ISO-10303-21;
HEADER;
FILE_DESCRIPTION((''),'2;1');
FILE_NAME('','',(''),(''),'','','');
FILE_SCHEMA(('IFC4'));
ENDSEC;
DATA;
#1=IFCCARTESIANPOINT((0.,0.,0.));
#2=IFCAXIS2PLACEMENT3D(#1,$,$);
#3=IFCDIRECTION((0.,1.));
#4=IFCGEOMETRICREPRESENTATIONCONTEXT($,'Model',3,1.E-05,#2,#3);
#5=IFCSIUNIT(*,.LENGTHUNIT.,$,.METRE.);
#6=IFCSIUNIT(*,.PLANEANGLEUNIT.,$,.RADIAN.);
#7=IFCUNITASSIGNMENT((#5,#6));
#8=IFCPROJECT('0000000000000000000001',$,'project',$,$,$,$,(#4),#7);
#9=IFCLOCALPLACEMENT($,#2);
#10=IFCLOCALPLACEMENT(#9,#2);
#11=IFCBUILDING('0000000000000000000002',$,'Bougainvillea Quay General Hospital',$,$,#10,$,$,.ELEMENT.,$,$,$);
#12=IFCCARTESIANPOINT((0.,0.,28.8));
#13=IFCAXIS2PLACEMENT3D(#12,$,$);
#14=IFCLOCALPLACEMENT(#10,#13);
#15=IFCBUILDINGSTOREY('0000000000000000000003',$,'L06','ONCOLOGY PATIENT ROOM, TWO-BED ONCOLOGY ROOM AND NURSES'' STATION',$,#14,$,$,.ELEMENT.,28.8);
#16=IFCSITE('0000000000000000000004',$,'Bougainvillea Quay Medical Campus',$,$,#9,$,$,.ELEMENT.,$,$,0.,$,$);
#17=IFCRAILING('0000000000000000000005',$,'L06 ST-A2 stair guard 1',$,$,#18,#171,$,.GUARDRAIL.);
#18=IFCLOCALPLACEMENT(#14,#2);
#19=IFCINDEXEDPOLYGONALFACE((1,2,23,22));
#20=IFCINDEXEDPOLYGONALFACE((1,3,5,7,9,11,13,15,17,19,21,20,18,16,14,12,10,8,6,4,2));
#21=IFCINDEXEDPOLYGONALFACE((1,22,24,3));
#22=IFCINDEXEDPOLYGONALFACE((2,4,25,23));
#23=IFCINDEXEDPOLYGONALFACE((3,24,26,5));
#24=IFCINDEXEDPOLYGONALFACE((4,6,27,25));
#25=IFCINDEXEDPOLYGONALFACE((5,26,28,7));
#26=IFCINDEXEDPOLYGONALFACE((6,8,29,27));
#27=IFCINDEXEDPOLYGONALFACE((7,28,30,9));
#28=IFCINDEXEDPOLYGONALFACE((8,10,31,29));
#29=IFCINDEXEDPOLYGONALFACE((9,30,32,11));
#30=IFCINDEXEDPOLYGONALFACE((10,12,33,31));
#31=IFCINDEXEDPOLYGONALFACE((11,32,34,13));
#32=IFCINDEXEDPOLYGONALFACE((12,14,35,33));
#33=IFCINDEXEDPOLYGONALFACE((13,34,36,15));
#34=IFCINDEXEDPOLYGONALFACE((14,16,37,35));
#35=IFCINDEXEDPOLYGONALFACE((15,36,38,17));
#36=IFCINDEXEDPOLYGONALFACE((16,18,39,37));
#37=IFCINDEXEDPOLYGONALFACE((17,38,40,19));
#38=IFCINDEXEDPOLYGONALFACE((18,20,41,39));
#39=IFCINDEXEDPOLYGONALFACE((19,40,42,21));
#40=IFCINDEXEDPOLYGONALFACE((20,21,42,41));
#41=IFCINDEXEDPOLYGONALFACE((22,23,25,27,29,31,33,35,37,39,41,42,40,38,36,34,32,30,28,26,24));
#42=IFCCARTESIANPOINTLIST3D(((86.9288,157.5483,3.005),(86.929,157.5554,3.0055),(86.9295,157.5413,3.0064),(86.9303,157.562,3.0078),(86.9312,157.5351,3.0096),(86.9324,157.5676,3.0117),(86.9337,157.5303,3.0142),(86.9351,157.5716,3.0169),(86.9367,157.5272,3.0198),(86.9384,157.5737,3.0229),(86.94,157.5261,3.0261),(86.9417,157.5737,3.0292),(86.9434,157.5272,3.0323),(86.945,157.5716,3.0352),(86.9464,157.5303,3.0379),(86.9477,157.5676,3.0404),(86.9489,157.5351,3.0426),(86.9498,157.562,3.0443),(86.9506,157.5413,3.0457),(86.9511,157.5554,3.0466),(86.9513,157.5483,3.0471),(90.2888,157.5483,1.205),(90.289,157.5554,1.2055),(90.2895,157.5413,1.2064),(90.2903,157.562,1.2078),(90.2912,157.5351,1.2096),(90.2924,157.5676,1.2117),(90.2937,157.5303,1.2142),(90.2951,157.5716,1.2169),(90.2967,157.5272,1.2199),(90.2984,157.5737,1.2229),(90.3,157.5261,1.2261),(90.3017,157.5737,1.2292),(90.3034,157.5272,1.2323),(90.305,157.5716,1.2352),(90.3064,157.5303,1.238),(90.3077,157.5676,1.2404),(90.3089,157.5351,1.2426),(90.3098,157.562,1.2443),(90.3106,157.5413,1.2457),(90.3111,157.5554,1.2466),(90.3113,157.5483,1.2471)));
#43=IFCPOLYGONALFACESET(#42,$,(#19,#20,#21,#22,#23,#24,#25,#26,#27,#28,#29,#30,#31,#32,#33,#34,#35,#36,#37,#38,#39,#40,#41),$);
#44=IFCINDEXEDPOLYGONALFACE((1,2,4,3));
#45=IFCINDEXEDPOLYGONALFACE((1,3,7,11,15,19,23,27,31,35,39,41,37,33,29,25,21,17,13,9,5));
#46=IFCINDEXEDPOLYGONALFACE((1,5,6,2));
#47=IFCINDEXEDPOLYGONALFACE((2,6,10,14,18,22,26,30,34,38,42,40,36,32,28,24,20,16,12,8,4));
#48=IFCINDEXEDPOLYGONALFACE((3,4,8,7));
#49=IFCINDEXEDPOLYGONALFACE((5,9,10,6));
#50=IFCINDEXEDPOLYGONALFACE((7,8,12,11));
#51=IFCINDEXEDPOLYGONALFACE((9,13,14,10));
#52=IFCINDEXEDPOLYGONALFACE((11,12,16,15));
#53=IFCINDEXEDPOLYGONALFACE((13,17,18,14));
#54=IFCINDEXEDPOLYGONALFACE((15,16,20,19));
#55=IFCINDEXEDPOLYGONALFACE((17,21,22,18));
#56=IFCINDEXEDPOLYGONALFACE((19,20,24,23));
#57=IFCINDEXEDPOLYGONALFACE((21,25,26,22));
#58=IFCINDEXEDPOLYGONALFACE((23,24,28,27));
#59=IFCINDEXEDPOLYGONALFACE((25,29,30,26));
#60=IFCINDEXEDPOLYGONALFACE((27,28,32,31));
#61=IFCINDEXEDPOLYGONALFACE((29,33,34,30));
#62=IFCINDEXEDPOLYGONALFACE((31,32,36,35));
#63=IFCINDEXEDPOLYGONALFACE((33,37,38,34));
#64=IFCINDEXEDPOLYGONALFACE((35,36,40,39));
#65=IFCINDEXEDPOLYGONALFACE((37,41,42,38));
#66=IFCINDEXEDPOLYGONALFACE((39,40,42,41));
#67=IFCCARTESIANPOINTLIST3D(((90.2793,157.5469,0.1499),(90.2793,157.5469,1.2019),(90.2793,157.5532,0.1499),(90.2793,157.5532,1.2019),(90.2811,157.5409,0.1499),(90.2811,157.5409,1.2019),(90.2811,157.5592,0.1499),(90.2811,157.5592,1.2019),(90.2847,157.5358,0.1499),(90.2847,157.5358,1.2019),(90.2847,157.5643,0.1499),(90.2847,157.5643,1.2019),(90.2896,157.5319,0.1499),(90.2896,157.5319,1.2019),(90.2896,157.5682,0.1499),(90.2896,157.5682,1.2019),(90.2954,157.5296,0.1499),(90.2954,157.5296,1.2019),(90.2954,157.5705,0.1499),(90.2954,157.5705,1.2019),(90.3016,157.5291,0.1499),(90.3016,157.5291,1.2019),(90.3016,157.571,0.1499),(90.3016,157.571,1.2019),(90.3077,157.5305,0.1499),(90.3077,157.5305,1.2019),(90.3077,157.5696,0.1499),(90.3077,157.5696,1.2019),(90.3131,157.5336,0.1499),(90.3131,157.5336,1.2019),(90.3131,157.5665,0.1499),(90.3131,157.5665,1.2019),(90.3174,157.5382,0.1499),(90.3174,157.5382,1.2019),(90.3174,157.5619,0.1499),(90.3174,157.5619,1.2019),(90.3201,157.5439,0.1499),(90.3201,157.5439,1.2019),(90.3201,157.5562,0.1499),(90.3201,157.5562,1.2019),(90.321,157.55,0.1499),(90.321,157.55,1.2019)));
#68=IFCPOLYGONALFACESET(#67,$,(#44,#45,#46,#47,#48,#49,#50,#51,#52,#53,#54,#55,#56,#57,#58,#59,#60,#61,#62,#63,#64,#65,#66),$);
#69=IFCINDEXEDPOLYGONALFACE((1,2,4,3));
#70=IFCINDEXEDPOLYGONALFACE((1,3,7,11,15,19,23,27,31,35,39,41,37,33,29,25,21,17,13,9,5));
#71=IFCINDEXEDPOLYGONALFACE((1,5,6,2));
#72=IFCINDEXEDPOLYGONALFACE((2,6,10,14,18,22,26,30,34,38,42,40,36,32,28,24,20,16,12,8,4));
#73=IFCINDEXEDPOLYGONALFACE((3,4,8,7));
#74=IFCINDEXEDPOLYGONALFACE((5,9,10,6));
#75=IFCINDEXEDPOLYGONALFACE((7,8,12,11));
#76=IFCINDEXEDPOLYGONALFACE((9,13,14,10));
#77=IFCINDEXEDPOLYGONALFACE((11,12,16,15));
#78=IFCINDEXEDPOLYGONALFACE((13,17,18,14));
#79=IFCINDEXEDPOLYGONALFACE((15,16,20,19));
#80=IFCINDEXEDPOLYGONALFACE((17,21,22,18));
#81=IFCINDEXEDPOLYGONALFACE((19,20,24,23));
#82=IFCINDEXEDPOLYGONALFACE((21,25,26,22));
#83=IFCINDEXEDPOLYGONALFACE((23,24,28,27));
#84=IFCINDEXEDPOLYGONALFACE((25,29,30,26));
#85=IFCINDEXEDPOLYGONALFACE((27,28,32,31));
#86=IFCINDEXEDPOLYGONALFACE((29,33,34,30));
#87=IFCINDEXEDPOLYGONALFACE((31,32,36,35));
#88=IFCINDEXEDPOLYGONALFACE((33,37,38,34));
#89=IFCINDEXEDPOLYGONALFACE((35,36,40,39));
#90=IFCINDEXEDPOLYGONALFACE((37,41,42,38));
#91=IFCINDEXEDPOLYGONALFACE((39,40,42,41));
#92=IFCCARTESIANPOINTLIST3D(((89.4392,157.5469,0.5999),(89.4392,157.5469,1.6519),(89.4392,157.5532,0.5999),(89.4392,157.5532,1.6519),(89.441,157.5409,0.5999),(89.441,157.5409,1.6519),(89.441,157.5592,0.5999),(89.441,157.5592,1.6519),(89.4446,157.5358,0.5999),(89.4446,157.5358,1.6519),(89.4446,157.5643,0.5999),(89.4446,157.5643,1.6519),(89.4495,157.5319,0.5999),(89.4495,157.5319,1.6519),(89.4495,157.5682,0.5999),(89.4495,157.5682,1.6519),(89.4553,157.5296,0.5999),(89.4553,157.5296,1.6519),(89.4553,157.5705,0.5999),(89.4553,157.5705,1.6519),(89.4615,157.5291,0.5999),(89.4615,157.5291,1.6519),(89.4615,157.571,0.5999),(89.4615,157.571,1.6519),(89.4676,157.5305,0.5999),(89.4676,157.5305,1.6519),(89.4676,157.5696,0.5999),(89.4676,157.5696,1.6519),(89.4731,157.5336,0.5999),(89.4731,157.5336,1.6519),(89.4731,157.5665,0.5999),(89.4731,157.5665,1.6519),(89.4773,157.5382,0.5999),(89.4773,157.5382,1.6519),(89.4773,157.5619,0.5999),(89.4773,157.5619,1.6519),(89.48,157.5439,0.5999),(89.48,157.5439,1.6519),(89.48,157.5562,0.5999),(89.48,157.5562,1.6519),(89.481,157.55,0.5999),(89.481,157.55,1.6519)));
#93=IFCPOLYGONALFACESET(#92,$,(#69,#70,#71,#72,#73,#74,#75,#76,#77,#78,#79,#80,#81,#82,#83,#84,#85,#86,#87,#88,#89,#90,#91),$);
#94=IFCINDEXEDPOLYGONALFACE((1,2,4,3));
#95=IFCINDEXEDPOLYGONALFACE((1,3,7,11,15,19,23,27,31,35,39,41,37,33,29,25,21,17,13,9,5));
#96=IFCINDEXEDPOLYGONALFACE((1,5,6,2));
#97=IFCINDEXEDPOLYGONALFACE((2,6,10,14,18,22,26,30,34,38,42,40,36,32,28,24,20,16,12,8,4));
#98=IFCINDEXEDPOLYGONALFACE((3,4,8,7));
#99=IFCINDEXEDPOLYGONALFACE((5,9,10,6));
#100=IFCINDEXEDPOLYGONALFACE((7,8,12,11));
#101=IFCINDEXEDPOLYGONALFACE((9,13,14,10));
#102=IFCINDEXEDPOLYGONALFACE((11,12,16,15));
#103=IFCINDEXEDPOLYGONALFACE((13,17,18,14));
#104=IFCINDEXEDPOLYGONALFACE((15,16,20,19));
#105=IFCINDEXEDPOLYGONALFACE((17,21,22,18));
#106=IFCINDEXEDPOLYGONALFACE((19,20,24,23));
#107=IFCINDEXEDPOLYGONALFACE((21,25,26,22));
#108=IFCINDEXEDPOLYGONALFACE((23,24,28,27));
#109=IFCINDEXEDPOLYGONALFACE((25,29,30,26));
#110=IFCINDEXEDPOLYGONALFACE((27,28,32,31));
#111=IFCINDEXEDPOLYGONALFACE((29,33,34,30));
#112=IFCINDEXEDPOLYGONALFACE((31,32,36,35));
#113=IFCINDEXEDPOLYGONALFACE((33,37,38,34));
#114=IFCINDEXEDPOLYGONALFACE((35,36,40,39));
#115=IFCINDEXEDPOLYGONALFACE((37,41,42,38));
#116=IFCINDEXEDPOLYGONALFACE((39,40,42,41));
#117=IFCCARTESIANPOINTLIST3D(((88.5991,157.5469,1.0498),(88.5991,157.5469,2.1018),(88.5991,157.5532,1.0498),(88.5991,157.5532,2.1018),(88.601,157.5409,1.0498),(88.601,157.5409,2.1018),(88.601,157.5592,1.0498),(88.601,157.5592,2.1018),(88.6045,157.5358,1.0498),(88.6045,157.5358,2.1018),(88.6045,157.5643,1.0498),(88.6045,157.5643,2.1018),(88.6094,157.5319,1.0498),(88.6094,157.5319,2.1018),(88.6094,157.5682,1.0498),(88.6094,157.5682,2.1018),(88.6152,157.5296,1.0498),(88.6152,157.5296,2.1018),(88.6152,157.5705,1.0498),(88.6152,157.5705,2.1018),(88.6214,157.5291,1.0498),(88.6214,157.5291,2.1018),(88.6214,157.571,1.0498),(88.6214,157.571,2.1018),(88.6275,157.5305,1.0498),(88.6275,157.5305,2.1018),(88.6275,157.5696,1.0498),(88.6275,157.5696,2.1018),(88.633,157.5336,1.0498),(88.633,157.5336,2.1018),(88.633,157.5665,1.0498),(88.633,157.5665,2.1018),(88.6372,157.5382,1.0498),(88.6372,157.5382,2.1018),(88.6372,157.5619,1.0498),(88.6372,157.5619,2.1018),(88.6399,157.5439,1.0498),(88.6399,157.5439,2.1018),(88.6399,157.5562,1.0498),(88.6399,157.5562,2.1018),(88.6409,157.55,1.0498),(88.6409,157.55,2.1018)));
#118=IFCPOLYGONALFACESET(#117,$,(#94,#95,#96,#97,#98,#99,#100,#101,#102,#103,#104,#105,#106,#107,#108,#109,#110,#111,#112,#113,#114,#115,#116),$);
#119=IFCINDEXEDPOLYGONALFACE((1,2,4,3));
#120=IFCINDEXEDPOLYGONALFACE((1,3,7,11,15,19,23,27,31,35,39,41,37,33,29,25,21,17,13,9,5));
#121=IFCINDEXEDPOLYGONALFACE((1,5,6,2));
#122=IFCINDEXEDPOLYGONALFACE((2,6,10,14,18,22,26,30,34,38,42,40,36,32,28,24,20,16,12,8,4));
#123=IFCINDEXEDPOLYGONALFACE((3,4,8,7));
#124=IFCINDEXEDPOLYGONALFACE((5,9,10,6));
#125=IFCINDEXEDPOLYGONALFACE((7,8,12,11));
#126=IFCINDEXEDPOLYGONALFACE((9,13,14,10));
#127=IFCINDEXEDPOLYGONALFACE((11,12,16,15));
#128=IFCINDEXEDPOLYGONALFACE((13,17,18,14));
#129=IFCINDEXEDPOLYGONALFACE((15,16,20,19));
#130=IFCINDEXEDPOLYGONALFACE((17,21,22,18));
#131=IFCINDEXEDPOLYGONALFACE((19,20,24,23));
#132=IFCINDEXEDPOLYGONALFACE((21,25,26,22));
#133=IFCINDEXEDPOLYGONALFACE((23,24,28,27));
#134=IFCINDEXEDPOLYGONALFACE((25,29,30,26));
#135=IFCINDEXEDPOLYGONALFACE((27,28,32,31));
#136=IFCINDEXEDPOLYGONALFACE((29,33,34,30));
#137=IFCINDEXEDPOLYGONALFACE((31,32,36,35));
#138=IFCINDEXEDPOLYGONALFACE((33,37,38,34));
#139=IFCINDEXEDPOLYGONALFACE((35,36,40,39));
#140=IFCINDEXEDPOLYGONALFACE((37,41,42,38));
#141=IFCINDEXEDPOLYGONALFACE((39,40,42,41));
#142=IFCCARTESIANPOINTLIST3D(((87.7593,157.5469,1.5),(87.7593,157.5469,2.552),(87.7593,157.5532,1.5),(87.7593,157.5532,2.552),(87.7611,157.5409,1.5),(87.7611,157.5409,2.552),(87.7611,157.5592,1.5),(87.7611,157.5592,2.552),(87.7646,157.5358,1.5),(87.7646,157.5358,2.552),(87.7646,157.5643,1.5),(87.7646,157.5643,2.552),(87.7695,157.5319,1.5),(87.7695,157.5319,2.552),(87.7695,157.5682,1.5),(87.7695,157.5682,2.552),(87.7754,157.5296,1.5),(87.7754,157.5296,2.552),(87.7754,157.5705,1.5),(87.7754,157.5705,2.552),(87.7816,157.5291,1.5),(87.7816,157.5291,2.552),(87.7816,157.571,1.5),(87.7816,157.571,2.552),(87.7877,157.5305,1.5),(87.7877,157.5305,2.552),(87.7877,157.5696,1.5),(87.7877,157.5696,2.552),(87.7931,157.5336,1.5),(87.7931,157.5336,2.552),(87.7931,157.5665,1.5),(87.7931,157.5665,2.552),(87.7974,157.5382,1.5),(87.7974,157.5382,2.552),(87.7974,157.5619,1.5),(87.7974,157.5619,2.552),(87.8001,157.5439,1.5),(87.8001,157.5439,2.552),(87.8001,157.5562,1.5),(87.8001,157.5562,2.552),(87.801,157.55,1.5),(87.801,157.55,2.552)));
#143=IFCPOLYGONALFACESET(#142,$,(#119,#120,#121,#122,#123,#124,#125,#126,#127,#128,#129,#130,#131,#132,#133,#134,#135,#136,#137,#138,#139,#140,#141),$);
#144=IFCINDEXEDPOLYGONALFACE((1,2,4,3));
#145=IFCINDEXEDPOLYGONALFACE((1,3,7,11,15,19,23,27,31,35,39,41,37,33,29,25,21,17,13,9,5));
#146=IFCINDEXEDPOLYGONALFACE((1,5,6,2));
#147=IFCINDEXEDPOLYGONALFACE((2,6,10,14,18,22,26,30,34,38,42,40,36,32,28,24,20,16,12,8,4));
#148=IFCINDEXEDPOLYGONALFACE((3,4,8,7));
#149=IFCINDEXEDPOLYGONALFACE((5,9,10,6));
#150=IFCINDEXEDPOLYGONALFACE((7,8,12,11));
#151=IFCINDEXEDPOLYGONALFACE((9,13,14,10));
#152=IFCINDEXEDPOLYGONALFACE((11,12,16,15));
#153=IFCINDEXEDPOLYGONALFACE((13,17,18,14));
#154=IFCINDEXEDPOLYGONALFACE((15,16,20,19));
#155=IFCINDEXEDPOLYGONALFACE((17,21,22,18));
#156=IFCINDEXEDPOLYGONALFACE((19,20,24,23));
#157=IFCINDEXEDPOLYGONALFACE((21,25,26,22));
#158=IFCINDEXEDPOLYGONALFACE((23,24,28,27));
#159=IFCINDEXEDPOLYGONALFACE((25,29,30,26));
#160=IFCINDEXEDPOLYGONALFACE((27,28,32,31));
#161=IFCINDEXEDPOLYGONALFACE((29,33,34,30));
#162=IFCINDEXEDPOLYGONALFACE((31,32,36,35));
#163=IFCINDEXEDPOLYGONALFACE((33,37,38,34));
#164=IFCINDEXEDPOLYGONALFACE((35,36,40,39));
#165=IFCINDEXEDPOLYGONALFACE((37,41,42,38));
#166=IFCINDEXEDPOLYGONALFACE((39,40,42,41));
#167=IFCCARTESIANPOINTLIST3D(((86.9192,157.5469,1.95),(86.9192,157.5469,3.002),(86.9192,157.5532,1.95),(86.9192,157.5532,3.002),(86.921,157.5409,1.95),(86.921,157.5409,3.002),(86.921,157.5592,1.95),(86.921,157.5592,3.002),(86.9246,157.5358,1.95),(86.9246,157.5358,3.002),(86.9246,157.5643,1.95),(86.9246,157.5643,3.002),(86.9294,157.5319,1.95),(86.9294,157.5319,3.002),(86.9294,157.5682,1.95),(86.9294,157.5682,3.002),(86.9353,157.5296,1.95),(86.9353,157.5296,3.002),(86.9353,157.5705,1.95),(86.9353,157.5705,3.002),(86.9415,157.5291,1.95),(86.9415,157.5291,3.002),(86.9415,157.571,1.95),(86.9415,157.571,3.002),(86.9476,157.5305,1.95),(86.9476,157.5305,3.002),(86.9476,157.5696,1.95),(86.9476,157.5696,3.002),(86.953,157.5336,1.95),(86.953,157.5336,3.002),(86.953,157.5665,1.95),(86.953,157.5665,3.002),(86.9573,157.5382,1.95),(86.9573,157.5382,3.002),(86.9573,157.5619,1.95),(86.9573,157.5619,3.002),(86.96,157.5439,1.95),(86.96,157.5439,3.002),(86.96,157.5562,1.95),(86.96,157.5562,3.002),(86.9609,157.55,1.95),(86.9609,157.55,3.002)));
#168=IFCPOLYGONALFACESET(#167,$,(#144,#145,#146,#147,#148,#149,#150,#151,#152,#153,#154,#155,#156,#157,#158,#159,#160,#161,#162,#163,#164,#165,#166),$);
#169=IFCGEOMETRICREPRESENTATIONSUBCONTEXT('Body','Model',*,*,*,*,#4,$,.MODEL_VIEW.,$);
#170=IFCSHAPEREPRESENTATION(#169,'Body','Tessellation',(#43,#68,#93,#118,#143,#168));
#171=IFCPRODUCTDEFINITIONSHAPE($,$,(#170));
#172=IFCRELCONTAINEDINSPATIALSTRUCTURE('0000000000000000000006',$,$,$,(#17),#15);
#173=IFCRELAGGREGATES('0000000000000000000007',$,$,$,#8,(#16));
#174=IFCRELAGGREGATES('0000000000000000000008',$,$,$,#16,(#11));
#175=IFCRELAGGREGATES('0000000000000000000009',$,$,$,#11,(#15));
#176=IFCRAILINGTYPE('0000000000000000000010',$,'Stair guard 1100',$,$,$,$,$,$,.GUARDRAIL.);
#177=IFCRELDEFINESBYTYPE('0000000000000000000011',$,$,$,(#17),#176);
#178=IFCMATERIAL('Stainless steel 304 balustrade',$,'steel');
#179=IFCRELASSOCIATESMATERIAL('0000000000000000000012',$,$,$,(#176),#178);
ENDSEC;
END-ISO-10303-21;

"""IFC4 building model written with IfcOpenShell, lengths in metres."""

from ifc_helpers import new_model, si_unit, direction, frame, origin, origin_2d, place, context, subcontext, project, spatial, circle, extrude, material, type_object, element, save


model = new_model("IFC4")

# Units and contexts
model_context = context("Model", 3, precision=1e-05, world=origin(), true_north=direction((0.0, 1.0)))
body_context = subcontext(model_context, "Body", "Model", "MODEL_VIEW")
ifc_project = project(units=[si_unit("LENGTHUNIT", "METRE"), si_unit("PLANEANGLEUNIT", "RADIAN")], contexts=[model_context])

# Site, building, storey
site_placement = place(None, origin())
site = spatial("IfcSite", under=ifc_project, at=site_placement, Name="Bougainvillea Quay Medical Campus", CompositionType="ELEMENT", RefElevation=0.0)
building_placement = place(site_placement, origin())
building = spatial("IfcBuilding", under=site, at=building_placement, Name="Bougainvillea Quay General Hospital", CompositionType="ELEMENT")
storey_placement = place(building_placement, frame((0.0, 0.0, 28.8)))
storey = spatial("IfcBuildingStorey", under=building, at=storey_placement, Name="L06", Description="ONCOLOGY PATIENT ROOM, TWO-BED ONCOLOGY ROOM AND NURSES' STATION", CompositionType="ELEMENT", Elevation=28.8)

# Railing
ifc_material_1 = material(Name="Stainless steel 304 balustrade", Category="steel")
railing_type_1 = type_object("IfcRailingType", Name="Stair guard 1100", PredefinedType="GUARDRAIL", material=ifc_material_1)
railing_1_placement = place(storey_placement, frame((90.3, 157.55, 0.1499)))
element("IfcRailing", 1, at=railing_1_placement, inside=storey, type_object=railing_type_1, Name="L06 ST-A2 stair guard 1", PredefinedType="GUARDRAIL", context=body_context, shape_type="SweptSolid", body=[
    extrude(circle(Radius=0.0239, at=origin_2d()), frame((0.0, 0.0, 1.0762), z_axis=(-0.881481, 0.0, 0.47222), x_axis=(0.0, -1.0, 0.0)), (0.0, 0.0, 1.0), 3.8118),
    extrude(circle(Radius=0.021, at=origin_2d()), origin(), (0.0, 0.0, 1.0), 1.052),
    extrude(circle(Radius=0.021, at=origin_2d()), frame((-0.8401, 0.0, 0.45)), (0.0, 0.0, 1.0), 1.052),
    extrude(circle(Radius=0.021, at=origin_2d()), frame((-1.6802, 0.0, 0.8999)), (0.0, 0.0, 1.0), 1.052),
    extrude(circle(Radius=0.021, at=origin_2d()), frame((-2.52, 0.0, 1.3501)), (0.0, 0.0, 1.0), 1.052),
    extrude(circle(Radius=0.021, at=origin_2d()), frame((-3.3601, 0.0, 1.8)), (0.0, 0.0, 1.0), 1.052),
])

save(model, "model.ifc")
